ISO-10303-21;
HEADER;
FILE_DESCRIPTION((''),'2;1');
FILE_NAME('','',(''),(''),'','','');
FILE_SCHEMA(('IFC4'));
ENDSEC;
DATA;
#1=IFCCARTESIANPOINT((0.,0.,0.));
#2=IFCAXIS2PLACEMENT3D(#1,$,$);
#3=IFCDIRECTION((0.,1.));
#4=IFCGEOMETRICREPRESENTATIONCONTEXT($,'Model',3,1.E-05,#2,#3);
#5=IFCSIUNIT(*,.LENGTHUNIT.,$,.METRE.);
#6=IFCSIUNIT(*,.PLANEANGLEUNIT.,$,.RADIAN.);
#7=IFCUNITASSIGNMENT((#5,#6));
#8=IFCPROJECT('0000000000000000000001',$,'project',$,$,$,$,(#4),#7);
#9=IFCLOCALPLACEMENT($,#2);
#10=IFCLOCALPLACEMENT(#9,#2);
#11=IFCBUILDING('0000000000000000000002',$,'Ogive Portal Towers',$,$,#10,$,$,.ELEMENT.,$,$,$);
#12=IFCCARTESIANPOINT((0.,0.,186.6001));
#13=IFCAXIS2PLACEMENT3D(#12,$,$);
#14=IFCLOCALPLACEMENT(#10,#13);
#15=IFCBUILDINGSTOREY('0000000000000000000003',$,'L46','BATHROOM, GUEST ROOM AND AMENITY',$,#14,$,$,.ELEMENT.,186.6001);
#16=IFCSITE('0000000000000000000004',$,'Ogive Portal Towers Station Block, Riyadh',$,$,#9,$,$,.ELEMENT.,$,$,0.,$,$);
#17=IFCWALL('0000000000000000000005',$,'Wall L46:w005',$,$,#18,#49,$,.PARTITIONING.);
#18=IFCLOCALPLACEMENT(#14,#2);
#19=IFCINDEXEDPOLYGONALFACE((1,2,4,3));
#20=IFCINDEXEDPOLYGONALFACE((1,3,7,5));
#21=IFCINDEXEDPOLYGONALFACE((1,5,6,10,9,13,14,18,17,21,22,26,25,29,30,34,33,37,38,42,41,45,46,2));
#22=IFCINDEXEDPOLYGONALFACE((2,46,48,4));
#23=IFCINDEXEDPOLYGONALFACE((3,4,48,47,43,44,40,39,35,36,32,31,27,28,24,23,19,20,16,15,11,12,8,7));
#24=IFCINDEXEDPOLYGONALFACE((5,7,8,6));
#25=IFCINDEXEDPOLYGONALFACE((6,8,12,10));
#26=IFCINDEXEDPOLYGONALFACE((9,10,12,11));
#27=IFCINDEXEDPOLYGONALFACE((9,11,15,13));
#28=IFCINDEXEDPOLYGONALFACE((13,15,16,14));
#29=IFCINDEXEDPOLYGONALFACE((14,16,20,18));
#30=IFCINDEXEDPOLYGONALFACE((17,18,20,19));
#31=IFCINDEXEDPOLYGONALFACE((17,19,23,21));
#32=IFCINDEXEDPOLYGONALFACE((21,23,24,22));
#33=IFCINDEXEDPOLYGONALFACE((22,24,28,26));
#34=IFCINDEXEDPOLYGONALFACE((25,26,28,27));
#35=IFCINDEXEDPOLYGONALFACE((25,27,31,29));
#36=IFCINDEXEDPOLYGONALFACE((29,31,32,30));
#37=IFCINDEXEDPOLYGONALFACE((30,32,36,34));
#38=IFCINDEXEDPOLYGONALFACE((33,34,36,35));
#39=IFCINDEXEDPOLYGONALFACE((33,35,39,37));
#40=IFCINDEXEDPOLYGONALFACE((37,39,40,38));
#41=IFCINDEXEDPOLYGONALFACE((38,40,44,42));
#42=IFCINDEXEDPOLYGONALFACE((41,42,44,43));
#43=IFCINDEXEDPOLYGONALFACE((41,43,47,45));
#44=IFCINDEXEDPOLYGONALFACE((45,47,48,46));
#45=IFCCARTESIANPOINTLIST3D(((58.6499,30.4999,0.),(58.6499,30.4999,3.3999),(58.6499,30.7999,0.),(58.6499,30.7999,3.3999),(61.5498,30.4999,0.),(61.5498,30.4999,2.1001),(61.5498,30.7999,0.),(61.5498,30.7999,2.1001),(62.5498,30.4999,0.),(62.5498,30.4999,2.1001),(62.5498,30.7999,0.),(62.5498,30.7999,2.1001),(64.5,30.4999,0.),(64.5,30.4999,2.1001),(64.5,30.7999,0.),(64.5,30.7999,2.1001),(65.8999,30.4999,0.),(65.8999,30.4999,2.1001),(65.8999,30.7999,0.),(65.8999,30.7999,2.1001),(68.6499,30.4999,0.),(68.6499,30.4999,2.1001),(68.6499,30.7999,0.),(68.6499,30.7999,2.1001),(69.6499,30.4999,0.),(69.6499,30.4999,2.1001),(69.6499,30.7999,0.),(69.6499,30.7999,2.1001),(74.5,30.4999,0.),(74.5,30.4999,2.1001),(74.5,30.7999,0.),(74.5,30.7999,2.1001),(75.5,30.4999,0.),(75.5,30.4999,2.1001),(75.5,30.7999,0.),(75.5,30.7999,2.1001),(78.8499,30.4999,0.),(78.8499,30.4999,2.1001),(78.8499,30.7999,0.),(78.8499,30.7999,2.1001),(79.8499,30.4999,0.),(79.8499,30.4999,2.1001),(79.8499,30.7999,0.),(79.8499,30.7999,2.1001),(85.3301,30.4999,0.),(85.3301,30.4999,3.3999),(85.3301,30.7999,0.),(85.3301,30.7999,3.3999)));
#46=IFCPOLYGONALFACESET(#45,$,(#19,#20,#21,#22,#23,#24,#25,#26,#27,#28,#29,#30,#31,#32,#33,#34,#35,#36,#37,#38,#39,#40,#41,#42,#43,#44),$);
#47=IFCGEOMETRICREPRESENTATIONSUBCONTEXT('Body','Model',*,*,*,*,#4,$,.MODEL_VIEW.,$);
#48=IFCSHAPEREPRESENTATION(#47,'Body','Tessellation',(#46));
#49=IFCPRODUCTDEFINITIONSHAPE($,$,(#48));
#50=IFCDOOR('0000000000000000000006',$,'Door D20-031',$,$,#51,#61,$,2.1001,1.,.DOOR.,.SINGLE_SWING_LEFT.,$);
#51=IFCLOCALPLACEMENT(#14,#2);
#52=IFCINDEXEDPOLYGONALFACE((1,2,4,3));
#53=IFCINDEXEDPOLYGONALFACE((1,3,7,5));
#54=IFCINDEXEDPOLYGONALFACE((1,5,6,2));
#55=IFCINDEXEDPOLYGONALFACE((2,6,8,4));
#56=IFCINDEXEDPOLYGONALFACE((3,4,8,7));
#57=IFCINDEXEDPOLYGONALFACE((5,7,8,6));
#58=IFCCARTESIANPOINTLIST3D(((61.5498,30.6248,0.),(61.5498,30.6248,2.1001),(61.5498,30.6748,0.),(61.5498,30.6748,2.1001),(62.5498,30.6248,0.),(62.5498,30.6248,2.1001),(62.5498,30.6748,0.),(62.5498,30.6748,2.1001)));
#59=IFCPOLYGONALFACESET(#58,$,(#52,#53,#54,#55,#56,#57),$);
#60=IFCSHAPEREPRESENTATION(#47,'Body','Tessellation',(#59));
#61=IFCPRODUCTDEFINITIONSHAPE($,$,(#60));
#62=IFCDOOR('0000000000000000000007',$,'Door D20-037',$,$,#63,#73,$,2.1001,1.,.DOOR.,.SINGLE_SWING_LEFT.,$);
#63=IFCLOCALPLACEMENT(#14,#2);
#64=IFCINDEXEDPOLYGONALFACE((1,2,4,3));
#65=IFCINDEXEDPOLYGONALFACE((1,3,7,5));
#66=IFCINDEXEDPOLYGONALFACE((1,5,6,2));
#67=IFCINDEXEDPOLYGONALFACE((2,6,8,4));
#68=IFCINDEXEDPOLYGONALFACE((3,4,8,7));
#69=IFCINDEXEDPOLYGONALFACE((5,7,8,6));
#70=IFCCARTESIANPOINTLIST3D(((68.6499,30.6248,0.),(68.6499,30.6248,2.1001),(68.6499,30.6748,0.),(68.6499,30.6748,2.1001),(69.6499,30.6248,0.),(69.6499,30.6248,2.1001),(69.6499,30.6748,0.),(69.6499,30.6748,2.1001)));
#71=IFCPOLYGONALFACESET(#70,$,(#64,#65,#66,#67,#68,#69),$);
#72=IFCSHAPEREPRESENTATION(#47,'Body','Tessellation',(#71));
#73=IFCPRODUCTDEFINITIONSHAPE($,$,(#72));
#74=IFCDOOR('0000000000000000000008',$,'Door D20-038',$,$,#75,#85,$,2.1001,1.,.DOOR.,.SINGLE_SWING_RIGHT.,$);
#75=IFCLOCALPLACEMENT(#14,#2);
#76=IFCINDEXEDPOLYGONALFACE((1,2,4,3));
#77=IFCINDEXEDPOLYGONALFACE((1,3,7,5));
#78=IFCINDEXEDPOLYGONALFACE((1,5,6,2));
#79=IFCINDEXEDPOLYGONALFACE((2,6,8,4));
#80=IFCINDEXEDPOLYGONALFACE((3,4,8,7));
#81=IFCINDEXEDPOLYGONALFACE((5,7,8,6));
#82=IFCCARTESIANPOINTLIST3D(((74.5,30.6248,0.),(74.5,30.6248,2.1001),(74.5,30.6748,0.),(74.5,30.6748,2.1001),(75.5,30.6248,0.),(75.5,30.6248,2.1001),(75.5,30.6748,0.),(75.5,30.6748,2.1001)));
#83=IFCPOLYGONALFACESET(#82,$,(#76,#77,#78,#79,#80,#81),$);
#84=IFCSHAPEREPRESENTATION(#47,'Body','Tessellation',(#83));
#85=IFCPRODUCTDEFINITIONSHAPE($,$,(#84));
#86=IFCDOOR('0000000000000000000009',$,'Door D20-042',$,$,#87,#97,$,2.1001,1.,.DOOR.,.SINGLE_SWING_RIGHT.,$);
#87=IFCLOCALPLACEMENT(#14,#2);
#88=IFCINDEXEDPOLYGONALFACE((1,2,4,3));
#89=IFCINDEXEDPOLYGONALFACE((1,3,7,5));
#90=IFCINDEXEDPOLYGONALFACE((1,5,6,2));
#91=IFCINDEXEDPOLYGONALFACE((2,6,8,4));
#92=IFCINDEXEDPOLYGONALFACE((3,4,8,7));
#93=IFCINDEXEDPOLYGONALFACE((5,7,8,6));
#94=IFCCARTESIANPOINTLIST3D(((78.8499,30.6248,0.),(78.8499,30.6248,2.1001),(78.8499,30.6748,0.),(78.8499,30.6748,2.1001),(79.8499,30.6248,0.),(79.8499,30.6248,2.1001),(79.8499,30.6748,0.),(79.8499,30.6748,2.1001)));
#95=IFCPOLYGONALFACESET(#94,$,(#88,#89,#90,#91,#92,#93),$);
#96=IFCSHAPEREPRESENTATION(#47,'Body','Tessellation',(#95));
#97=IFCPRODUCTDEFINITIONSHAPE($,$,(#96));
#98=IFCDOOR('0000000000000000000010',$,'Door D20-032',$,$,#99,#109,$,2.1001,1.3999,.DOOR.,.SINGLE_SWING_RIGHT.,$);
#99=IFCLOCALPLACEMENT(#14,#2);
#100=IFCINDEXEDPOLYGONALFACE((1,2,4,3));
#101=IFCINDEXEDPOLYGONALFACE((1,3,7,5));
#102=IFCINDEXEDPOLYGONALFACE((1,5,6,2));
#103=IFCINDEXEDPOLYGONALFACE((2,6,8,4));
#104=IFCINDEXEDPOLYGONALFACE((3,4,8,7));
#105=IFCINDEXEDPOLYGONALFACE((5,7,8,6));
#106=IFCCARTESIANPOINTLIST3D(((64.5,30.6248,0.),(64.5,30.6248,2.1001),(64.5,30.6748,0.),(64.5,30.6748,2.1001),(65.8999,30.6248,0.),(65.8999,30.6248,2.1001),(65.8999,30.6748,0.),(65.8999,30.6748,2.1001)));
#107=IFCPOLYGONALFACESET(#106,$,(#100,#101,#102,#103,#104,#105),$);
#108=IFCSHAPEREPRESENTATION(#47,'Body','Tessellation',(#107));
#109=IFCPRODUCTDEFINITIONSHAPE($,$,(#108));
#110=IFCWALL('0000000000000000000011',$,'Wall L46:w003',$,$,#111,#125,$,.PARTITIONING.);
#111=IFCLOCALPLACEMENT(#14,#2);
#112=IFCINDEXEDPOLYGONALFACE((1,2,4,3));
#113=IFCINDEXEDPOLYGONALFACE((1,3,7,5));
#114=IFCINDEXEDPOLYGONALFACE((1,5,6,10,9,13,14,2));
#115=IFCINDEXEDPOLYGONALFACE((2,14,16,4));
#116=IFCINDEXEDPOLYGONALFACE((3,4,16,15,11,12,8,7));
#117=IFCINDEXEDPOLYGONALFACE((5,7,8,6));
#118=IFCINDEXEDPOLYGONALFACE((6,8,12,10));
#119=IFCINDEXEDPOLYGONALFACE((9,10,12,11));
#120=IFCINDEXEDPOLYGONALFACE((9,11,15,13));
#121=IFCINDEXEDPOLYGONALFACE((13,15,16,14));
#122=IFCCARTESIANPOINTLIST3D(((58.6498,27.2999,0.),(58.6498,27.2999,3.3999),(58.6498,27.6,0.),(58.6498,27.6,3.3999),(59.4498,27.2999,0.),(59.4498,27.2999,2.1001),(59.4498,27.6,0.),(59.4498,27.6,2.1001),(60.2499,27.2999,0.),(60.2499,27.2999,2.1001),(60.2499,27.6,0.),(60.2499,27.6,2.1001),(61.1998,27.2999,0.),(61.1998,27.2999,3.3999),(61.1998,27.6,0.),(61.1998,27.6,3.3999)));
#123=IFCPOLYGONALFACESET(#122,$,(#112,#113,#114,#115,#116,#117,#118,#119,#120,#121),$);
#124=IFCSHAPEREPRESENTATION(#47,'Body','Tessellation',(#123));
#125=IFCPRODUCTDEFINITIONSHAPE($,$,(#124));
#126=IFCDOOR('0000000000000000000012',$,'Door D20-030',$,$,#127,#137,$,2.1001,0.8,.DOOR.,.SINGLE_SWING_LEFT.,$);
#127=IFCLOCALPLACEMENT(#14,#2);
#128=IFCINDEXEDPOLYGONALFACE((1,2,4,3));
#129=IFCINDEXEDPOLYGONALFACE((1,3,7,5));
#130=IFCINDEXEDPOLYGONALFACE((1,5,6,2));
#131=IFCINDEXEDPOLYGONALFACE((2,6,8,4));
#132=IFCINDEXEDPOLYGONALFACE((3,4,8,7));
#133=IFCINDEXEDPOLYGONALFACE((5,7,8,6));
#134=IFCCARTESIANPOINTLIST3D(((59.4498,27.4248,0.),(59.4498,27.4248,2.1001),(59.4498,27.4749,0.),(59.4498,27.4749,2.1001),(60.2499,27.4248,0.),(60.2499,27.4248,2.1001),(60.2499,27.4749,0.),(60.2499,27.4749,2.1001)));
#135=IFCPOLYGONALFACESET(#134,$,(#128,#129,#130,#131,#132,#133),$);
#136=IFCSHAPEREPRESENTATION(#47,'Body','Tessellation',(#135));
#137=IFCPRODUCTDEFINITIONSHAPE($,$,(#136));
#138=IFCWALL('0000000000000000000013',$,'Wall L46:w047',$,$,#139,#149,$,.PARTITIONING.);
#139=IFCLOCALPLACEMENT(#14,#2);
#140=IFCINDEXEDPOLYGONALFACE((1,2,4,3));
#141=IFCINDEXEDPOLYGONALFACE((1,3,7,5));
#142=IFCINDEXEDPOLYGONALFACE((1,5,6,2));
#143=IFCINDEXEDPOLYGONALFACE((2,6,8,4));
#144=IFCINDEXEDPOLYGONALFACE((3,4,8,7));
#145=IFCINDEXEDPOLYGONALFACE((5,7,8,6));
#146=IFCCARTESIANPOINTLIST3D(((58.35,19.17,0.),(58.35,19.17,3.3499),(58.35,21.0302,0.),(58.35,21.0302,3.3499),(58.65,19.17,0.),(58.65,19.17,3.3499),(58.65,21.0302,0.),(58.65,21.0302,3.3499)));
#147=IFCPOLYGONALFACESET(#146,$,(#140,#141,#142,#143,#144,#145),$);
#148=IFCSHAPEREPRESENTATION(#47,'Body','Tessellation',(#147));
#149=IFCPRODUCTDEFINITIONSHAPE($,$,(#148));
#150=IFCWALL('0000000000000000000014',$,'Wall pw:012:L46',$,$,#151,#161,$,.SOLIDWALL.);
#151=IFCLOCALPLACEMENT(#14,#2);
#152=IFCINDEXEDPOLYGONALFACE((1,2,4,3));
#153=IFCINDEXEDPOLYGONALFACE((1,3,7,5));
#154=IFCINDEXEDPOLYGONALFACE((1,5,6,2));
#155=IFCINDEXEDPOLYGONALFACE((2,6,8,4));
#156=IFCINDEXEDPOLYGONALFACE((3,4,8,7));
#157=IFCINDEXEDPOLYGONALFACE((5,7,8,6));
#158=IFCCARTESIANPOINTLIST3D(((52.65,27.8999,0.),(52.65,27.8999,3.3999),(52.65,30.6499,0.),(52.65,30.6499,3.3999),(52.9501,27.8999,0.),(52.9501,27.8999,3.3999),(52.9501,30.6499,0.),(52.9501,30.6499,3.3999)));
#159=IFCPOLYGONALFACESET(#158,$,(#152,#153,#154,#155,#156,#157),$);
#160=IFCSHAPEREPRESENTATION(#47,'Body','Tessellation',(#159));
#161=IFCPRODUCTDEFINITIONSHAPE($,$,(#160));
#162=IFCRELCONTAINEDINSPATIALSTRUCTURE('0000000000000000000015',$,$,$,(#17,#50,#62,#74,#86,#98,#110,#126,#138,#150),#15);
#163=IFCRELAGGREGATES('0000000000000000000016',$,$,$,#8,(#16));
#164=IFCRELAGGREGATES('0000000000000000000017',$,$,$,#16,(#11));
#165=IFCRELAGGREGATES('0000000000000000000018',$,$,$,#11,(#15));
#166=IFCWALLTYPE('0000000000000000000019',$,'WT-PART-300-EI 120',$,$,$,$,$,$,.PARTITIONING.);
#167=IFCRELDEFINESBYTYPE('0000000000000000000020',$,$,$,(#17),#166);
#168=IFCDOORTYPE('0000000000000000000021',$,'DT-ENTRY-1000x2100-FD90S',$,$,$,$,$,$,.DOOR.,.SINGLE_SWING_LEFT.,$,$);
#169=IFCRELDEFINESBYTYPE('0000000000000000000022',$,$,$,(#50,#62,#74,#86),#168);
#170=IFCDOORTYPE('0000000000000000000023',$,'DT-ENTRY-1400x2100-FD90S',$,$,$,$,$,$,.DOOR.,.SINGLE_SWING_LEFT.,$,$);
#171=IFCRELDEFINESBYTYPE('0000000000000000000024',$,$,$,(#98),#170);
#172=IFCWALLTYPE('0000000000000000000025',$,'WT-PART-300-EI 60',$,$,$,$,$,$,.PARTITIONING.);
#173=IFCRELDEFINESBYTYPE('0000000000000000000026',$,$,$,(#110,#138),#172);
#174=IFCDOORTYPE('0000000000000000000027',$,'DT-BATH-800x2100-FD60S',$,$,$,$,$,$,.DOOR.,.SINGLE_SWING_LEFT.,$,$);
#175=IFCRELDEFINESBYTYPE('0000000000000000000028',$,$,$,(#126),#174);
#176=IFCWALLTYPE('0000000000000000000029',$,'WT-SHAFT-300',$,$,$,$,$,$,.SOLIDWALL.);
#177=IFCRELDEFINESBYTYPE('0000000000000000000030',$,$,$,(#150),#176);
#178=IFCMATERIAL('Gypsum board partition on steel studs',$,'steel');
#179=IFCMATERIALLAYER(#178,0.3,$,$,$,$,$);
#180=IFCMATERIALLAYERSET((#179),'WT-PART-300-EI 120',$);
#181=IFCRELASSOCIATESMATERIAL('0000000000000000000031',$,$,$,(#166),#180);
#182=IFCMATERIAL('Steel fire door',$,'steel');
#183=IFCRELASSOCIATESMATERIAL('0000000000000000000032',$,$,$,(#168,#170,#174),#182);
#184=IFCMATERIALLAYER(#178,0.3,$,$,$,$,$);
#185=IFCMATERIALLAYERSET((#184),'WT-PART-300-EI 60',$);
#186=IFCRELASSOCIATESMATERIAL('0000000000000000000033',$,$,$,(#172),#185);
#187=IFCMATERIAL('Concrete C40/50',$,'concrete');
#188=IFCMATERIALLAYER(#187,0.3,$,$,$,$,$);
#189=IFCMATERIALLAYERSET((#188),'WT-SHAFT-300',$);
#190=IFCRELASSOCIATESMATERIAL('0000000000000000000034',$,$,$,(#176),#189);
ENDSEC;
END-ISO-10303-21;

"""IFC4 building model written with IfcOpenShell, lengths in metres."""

from ifc_helpers import new_model, si_unit, direction, frame, frame_2d, origin, place, context, subcontext, project, spatial, rectangle, extrude, material, layer, layer_set, type_object, element, fill, save


model = new_model("IFC4")

# Units and contexts
model_context = context("Model", 3, precision=1e-05, world=origin(), true_north=direction((0.0, 1.0)))
body_context = subcontext(model_context, "Body", "Model", "MODEL_VIEW")
ifc_project = project(units=[si_unit("LENGTHUNIT", "METRE"), si_unit("PLANEANGLEUNIT", "RADIAN")], contexts=[model_context])

# Site, building, storey
site_placement = place(None, origin())
site = spatial("IfcSite", under=ifc_project, at=site_placement, Name="Ogive Portal Towers Station Block, Riyadh", CompositionType="ELEMENT", RefElevation=0.0)
building_placement = place(site_placement, origin())
building = spatial("IfcBuilding", under=site, at=building_placement, Name="Ogive Portal Towers", CompositionType="ELEMENT")
storey_placement = place(building_placement, frame((0.0, 0.0, 186.6001)))
storey = spatial("IfcBuildingStorey", under=building, at=storey_placement, Name="L46", Description="BATHROOM, GUEST ROOM AND AMENITY", CompositionType="ELEMENT", Elevation=186.6001)

# Shared definitions
ifc_material_1 = material(Name="Steel fire door", Category="steel")
ifc_material_2 = material(Name="Gypsum board partition on steel studs", Category="steel")

# Wall, openings, doors
ifc_layer_1 = layer(ifc_material_2, 0.3)
ifc_layer_set_1 = layer_set([ifc_layer_1], Name="WT-PART-300-EI 120")
wall_type_1 = type_object("IfcWallType", Name="WT-PART-300-EI 120", PredefinedType="PARTITIONING", material=ifc_layer_set_1)
wall_1_placement = place(storey_placement, frame((58.6499, 30.6499, 0.0), z_axis=(0.0, 0.0, 1.0), x_axis=(1.0, 0.0, 0.0)))
wall_1 = element("IfcWall", 1, at=wall_1_placement, inside=storey, type_object=wall_type_1, Name="Wall L46:w005", PredefinedType="PARTITIONING", context=body_context, shape_type="SweptSolid", body=[
    extrude(rectangle(XDim=26.6802, YDim=0.3, at=frame_2d((13.3401, 0.0))), origin(), (0.0, 0.0, 1.0), 3.3999),
])
opening_1_placement = place(wall_1_placement, frame((2.8999, 0.0, 0.0)))
opening_1 = element("IfcOpeningElement", 2, at=opening_1_placement, cuts=wall_1, PredefinedType="OPENING", context=body_context, shape_type="SweptSolid", body=[
    extrude(rectangle(XDim=1.0, YDim=2.1001, at=frame_2d((0.5, 1.05))), frame((0.0, 0.1602, 0.0), z_axis=(0.0, -1.0, 0.0), x_axis=(1.0, 0.0, 0.0)), (0.0, 0.0, 1.0), 0.3201),
])
opening_2_placement = place(wall_1_placement, frame((5.8501, 0.0, 0.0)))
opening_2 = element("IfcOpeningElement", 3, at=opening_2_placement, cuts=wall_1, PredefinedType="OPENING", context=body_context, shape_type="SweptSolid", body=[
    extrude(rectangle(XDim=1.3999, YDim=2.1001, at=frame_2d((0.7, 1.05))), frame((0.0, 0.1602, 0.0), z_axis=(0.0, -1.0, 0.0), x_axis=(1.0, 0.0, 0.0)), (0.0, 0.0, 1.0), 0.3201),
])
opening_3_placement = place(wall_1_placement, frame((10.0, 0.0, 0.0)))
opening_3 = element("IfcOpeningElement", 4, at=opening_3_placement, cuts=wall_1, PredefinedType="OPENING", context=body_context, shape_type="SweptSolid", body=[
    extrude(rectangle(XDim=1.0, YDim=2.1001, at=frame_2d((0.5, 1.05))), frame((0.0, 0.1602, 0.0), z_axis=(0.0, -1.0, 0.0), x_axis=(1.0, 0.0, 0.0)), (0.0, 0.0, 1.0), 0.3201),
])
opening_4_placement = place(wall_1_placement, frame((15.8501, 0.0, 0.0)))
opening_4 = element("IfcOpeningElement", 5, at=opening_4_placement, cuts=wall_1, PredefinedType="OPENING", context=body_context, shape_type="SweptSolid", body=[
    extrude(rectangle(XDim=1.0, YDim=2.1001, at=frame_2d((0.5, 1.05))), frame((0.0, 0.1602, 0.0), z_axis=(0.0, -1.0, 0.0), x_axis=(1.0, 0.0, 0.0)), (0.0, 0.0, 1.0), 0.3201),
])
opening_5_placement = place(wall_1_placement, frame((20.2, 0.0, 0.0)))
opening_5 = element("IfcOpeningElement", 6, at=opening_5_placement, cuts=wall_1, PredefinedType="OPENING", context=body_context, shape_type="SweptSolid", body=[
    extrude(rectangle(XDim=1.0, YDim=2.1001, at=frame_2d((0.5, 1.05))), frame((0.0, 0.1602, 0.0), z_axis=(0.0, -1.0, 0.0), x_axis=(1.0, 0.0, 0.0)), (0.0, 0.0, 1.0), 0.3201),
])
door_type_1 = type_object("IfcDoorType", Name="DT-ENTRY-1000x2100-FD90S", OperationType="SINGLE_SWING_LEFT", PredefinedType="DOOR", material=ifc_material_1)
door_1_placement = place(opening_1_placement, origin())
door_1 = element("IfcDoor", 7, at=door_1_placement, inside=storey, type_object=door_type_1, Name="Door D20-031", OperationType="SINGLE_SWING_LEFT", OverallHeight=2.1001, OverallWidth=1.0, PredefinedType="DOOR", context=body_context, shape_type="SweptSolid", body=[
    extrude(rectangle(XDim=1.0, YDim=2.1001, at=frame_2d((0.5, 1.05))), frame((0.0, 0.0249, 0.0), z_axis=(0.0, -1.0, 0.0), x_axis=(1.0, 0.0, 0.0)), (0.0, 0.0, 1.0), 0.05),
])
fill(opening_1, door_1)
door_2_placement = place(opening_3_placement, origin())
door_2 = element("IfcDoor", 8, at=door_2_placement, inside=storey, type_object=door_type_1, Name="Door D20-037", OperationType="SINGLE_SWING_LEFT", OverallHeight=2.1001, OverallWidth=1.0, PredefinedType="DOOR", context=body_context, shape_type="SweptSolid", body=[
    extrude(rectangle(XDim=1.0, YDim=2.1001, at=frame_2d((0.5, 1.05))), frame((0.0, 0.0249, 0.0), z_axis=(0.0, -1.0, 0.0), x_axis=(1.0, 0.0, 0.0)), (0.0, 0.0, 1.0), 0.05),
])
fill(opening_3, door_2)
door_3_placement = place(opening_4_placement, origin())
door_3 = element("IfcDoor", 9, at=door_3_placement, inside=storey, type_object=door_type_1, Name="Door D20-038", OperationType="SINGLE_SWING_RIGHT", OverallHeight=2.1001, OverallWidth=1.0, PredefinedType="DOOR", context=body_context, shape_type="SweptSolid", body=[
    extrude(rectangle(XDim=1.0, YDim=2.1001, at=frame_2d((0.5, 1.05))), frame((0.0, 0.0249, 0.0), z_axis=(0.0, -1.0, 0.0), x_axis=(1.0, 0.0, 0.0)), (0.0, 0.0, 1.0), 0.05),
])
fill(opening_4, door_3)
door_4_placement = place(opening_5_placement, origin())
door_4 = element("IfcDoor", 10, at=door_4_placement, inside=storey, type_object=door_type_1, Name="Door D20-042", OperationType="SINGLE_SWING_RIGHT", OverallHeight=2.1001, OverallWidth=1.0, PredefinedType="DOOR", context=body_context, shape_type="SweptSolid", body=[
    extrude(rectangle(XDim=1.0, YDim=2.1001, at=frame_2d((0.5, 1.05))), frame((0.0, 0.0249, 0.0), z_axis=(0.0, -1.0, 0.0), x_axis=(1.0, 0.0, 0.0)), (0.0, 0.0, 1.0), 0.05),
])
fill(opening_5, door_4)
door_type_2 = type_object("IfcDoorType", Name="DT-ENTRY-1400x2100-FD90S", OperationType="SINGLE_SWING_LEFT", PredefinedType="DOOR", material=ifc_material_1)
door_5_placement = place(opening_2_placement, origin())
door_5 = element("IfcDoor", 11, at=door_5_placement, inside=storey, type_object=door_type_2, Name="Door D20-032", OperationType="SINGLE_SWING_RIGHT", OverallHeight=2.1001, OverallWidth=1.3999, PredefinedType="DOOR", context=body_context, shape_type="SweptSolid", body=[
    extrude(rectangle(XDim=1.3999, YDim=2.1001, at=frame_2d((0.7, 1.05))), frame((0.0, 0.0249, 0.0), z_axis=(0.0, -1.0, 0.0), x_axis=(1.0, 0.0, 0.0)), (0.0, 0.0, 1.0), 0.05),
])
fill(opening_2, door_5)

# Wall, opening, door
ifc_layer_2 = layer(ifc_material_2, 0.3)
ifc_layer_set_2 = layer_set([ifc_layer_2], Name="WT-PART-300-EI 60")
wall_type_2 = type_object("IfcWallType", Name="WT-PART-300-EI 60", PredefinedType="PARTITIONING", material=ifc_layer_set_2)
wall_2_placement = place(storey_placement, frame((58.6499, 27.45, 0.0), z_axis=(0.0, 0.0, 1.0), x_axis=(1.0, 0.0, 0.0)))
wall_2 = element("IfcWall", 12, at=wall_2_placement, inside=storey, type_object=wall_type_2, Name="Wall L46:w003", PredefinedType="PARTITIONING", context=body_context, shape_type="SweptSolid", body=[
    extrude(rectangle(XDim=2.55, YDim=0.3, at=frame_2d((1.2749, 0.0))), origin(), (0.0, 0.0, 1.0), 3.3999),
])
opening_6_placement = place(wall_2_placement, frame((0.8, 0.0, 0.0)))
opening_6 = element("IfcOpeningElement", 13, at=opening_6_placement, cuts=wall_2, PredefinedType="OPENING", context=body_context, shape_type="SweptSolid", body=[
    extrude(rectangle(XDim=0.8, YDim=2.1001, at=frame_2d((0.3999, 1.05))), frame((0.0, 0.1602, 0.0), z_axis=(0.0, -1.0, 0.0), x_axis=(1.0, 0.0, 0.0)), (0.0, 0.0, 1.0), 0.3201),
])
door_type_3 = type_object("IfcDoorType", Name="DT-BATH-800x2100-FD60S", OperationType="SINGLE_SWING_LEFT", PredefinedType="DOOR", material=ifc_material_1)
door_6_placement = place(opening_6_placement, origin())
door_6 = element("IfcDoor", 14, at=door_6_placement, inside=storey, type_object=door_type_3, Name="Door D20-030", OperationType="SINGLE_SWING_LEFT", OverallHeight=2.1001, OverallWidth=0.8, PredefinedType="DOOR", context=body_context, shape_type="SweptSolid", body=[
    extrude(rectangle(XDim=0.8, YDim=2.1001, at=frame_2d((0.3999, 1.05))), frame((0.0, 0.0249, 0.0), z_axis=(0.0, -1.0, 0.0), x_axis=(1.0, 0.0, 0.0)), (0.0, 0.0, 1.0), 0.05),
])
fill(opening_6, door_6)

# Walls
wall_3_placement = place(storey_placement, frame((58.5, 19.1699, 0.0), z_axis=(0.0, 0.0, 1.0), x_axis=(0.0, 1.0, 0.0)))
element("IfcWall", 15, at=wall_3_placement, inside=storey, type_object=wall_type_2, Name="Wall L46:w047", PredefinedType="PARTITIONING", context=body_context, shape_type="SweptSolid", body=[
    extrude(rectangle(XDim=1.8601, YDim=0.3, at=frame_2d((0.9302, 0.0))), origin(), (0.0, 0.0, 1.0), 3.3499),
])
ifc_material_3 = material(Name="Concrete C40/50", Category="concrete")
ifc_layer_3 = layer(ifc_material_3, 0.3)
ifc_layer_set_3 = layer_set([ifc_layer_3], Name="WT-SHAFT-300")
wall_type_3 = type_object("IfcWallType", Name="WT-SHAFT-300", PredefinedType="SOLIDWALL", material=ifc_layer_set_3)
wall_4_placement = place(storey_placement, frame((52.8, 27.8999, 0.0), z_axis=(0.0, 0.0, 1.0), x_axis=(0.0, 1.0, 0.0)))
element("IfcWall", 16, at=wall_4_placement, inside=storey, type_object=wall_type_3, Name="Wall pw:012:L46", PredefinedType="SOLIDWALL", context=body_context, shape_type="SweptSolid", body=[
    extrude(rectangle(XDim=2.75, YDim=0.3, at=frame_2d((1.375, 0.0))), origin(), (0.0, 0.0, 1.0), 3.3999),
])

save(model, "model.ifc")
